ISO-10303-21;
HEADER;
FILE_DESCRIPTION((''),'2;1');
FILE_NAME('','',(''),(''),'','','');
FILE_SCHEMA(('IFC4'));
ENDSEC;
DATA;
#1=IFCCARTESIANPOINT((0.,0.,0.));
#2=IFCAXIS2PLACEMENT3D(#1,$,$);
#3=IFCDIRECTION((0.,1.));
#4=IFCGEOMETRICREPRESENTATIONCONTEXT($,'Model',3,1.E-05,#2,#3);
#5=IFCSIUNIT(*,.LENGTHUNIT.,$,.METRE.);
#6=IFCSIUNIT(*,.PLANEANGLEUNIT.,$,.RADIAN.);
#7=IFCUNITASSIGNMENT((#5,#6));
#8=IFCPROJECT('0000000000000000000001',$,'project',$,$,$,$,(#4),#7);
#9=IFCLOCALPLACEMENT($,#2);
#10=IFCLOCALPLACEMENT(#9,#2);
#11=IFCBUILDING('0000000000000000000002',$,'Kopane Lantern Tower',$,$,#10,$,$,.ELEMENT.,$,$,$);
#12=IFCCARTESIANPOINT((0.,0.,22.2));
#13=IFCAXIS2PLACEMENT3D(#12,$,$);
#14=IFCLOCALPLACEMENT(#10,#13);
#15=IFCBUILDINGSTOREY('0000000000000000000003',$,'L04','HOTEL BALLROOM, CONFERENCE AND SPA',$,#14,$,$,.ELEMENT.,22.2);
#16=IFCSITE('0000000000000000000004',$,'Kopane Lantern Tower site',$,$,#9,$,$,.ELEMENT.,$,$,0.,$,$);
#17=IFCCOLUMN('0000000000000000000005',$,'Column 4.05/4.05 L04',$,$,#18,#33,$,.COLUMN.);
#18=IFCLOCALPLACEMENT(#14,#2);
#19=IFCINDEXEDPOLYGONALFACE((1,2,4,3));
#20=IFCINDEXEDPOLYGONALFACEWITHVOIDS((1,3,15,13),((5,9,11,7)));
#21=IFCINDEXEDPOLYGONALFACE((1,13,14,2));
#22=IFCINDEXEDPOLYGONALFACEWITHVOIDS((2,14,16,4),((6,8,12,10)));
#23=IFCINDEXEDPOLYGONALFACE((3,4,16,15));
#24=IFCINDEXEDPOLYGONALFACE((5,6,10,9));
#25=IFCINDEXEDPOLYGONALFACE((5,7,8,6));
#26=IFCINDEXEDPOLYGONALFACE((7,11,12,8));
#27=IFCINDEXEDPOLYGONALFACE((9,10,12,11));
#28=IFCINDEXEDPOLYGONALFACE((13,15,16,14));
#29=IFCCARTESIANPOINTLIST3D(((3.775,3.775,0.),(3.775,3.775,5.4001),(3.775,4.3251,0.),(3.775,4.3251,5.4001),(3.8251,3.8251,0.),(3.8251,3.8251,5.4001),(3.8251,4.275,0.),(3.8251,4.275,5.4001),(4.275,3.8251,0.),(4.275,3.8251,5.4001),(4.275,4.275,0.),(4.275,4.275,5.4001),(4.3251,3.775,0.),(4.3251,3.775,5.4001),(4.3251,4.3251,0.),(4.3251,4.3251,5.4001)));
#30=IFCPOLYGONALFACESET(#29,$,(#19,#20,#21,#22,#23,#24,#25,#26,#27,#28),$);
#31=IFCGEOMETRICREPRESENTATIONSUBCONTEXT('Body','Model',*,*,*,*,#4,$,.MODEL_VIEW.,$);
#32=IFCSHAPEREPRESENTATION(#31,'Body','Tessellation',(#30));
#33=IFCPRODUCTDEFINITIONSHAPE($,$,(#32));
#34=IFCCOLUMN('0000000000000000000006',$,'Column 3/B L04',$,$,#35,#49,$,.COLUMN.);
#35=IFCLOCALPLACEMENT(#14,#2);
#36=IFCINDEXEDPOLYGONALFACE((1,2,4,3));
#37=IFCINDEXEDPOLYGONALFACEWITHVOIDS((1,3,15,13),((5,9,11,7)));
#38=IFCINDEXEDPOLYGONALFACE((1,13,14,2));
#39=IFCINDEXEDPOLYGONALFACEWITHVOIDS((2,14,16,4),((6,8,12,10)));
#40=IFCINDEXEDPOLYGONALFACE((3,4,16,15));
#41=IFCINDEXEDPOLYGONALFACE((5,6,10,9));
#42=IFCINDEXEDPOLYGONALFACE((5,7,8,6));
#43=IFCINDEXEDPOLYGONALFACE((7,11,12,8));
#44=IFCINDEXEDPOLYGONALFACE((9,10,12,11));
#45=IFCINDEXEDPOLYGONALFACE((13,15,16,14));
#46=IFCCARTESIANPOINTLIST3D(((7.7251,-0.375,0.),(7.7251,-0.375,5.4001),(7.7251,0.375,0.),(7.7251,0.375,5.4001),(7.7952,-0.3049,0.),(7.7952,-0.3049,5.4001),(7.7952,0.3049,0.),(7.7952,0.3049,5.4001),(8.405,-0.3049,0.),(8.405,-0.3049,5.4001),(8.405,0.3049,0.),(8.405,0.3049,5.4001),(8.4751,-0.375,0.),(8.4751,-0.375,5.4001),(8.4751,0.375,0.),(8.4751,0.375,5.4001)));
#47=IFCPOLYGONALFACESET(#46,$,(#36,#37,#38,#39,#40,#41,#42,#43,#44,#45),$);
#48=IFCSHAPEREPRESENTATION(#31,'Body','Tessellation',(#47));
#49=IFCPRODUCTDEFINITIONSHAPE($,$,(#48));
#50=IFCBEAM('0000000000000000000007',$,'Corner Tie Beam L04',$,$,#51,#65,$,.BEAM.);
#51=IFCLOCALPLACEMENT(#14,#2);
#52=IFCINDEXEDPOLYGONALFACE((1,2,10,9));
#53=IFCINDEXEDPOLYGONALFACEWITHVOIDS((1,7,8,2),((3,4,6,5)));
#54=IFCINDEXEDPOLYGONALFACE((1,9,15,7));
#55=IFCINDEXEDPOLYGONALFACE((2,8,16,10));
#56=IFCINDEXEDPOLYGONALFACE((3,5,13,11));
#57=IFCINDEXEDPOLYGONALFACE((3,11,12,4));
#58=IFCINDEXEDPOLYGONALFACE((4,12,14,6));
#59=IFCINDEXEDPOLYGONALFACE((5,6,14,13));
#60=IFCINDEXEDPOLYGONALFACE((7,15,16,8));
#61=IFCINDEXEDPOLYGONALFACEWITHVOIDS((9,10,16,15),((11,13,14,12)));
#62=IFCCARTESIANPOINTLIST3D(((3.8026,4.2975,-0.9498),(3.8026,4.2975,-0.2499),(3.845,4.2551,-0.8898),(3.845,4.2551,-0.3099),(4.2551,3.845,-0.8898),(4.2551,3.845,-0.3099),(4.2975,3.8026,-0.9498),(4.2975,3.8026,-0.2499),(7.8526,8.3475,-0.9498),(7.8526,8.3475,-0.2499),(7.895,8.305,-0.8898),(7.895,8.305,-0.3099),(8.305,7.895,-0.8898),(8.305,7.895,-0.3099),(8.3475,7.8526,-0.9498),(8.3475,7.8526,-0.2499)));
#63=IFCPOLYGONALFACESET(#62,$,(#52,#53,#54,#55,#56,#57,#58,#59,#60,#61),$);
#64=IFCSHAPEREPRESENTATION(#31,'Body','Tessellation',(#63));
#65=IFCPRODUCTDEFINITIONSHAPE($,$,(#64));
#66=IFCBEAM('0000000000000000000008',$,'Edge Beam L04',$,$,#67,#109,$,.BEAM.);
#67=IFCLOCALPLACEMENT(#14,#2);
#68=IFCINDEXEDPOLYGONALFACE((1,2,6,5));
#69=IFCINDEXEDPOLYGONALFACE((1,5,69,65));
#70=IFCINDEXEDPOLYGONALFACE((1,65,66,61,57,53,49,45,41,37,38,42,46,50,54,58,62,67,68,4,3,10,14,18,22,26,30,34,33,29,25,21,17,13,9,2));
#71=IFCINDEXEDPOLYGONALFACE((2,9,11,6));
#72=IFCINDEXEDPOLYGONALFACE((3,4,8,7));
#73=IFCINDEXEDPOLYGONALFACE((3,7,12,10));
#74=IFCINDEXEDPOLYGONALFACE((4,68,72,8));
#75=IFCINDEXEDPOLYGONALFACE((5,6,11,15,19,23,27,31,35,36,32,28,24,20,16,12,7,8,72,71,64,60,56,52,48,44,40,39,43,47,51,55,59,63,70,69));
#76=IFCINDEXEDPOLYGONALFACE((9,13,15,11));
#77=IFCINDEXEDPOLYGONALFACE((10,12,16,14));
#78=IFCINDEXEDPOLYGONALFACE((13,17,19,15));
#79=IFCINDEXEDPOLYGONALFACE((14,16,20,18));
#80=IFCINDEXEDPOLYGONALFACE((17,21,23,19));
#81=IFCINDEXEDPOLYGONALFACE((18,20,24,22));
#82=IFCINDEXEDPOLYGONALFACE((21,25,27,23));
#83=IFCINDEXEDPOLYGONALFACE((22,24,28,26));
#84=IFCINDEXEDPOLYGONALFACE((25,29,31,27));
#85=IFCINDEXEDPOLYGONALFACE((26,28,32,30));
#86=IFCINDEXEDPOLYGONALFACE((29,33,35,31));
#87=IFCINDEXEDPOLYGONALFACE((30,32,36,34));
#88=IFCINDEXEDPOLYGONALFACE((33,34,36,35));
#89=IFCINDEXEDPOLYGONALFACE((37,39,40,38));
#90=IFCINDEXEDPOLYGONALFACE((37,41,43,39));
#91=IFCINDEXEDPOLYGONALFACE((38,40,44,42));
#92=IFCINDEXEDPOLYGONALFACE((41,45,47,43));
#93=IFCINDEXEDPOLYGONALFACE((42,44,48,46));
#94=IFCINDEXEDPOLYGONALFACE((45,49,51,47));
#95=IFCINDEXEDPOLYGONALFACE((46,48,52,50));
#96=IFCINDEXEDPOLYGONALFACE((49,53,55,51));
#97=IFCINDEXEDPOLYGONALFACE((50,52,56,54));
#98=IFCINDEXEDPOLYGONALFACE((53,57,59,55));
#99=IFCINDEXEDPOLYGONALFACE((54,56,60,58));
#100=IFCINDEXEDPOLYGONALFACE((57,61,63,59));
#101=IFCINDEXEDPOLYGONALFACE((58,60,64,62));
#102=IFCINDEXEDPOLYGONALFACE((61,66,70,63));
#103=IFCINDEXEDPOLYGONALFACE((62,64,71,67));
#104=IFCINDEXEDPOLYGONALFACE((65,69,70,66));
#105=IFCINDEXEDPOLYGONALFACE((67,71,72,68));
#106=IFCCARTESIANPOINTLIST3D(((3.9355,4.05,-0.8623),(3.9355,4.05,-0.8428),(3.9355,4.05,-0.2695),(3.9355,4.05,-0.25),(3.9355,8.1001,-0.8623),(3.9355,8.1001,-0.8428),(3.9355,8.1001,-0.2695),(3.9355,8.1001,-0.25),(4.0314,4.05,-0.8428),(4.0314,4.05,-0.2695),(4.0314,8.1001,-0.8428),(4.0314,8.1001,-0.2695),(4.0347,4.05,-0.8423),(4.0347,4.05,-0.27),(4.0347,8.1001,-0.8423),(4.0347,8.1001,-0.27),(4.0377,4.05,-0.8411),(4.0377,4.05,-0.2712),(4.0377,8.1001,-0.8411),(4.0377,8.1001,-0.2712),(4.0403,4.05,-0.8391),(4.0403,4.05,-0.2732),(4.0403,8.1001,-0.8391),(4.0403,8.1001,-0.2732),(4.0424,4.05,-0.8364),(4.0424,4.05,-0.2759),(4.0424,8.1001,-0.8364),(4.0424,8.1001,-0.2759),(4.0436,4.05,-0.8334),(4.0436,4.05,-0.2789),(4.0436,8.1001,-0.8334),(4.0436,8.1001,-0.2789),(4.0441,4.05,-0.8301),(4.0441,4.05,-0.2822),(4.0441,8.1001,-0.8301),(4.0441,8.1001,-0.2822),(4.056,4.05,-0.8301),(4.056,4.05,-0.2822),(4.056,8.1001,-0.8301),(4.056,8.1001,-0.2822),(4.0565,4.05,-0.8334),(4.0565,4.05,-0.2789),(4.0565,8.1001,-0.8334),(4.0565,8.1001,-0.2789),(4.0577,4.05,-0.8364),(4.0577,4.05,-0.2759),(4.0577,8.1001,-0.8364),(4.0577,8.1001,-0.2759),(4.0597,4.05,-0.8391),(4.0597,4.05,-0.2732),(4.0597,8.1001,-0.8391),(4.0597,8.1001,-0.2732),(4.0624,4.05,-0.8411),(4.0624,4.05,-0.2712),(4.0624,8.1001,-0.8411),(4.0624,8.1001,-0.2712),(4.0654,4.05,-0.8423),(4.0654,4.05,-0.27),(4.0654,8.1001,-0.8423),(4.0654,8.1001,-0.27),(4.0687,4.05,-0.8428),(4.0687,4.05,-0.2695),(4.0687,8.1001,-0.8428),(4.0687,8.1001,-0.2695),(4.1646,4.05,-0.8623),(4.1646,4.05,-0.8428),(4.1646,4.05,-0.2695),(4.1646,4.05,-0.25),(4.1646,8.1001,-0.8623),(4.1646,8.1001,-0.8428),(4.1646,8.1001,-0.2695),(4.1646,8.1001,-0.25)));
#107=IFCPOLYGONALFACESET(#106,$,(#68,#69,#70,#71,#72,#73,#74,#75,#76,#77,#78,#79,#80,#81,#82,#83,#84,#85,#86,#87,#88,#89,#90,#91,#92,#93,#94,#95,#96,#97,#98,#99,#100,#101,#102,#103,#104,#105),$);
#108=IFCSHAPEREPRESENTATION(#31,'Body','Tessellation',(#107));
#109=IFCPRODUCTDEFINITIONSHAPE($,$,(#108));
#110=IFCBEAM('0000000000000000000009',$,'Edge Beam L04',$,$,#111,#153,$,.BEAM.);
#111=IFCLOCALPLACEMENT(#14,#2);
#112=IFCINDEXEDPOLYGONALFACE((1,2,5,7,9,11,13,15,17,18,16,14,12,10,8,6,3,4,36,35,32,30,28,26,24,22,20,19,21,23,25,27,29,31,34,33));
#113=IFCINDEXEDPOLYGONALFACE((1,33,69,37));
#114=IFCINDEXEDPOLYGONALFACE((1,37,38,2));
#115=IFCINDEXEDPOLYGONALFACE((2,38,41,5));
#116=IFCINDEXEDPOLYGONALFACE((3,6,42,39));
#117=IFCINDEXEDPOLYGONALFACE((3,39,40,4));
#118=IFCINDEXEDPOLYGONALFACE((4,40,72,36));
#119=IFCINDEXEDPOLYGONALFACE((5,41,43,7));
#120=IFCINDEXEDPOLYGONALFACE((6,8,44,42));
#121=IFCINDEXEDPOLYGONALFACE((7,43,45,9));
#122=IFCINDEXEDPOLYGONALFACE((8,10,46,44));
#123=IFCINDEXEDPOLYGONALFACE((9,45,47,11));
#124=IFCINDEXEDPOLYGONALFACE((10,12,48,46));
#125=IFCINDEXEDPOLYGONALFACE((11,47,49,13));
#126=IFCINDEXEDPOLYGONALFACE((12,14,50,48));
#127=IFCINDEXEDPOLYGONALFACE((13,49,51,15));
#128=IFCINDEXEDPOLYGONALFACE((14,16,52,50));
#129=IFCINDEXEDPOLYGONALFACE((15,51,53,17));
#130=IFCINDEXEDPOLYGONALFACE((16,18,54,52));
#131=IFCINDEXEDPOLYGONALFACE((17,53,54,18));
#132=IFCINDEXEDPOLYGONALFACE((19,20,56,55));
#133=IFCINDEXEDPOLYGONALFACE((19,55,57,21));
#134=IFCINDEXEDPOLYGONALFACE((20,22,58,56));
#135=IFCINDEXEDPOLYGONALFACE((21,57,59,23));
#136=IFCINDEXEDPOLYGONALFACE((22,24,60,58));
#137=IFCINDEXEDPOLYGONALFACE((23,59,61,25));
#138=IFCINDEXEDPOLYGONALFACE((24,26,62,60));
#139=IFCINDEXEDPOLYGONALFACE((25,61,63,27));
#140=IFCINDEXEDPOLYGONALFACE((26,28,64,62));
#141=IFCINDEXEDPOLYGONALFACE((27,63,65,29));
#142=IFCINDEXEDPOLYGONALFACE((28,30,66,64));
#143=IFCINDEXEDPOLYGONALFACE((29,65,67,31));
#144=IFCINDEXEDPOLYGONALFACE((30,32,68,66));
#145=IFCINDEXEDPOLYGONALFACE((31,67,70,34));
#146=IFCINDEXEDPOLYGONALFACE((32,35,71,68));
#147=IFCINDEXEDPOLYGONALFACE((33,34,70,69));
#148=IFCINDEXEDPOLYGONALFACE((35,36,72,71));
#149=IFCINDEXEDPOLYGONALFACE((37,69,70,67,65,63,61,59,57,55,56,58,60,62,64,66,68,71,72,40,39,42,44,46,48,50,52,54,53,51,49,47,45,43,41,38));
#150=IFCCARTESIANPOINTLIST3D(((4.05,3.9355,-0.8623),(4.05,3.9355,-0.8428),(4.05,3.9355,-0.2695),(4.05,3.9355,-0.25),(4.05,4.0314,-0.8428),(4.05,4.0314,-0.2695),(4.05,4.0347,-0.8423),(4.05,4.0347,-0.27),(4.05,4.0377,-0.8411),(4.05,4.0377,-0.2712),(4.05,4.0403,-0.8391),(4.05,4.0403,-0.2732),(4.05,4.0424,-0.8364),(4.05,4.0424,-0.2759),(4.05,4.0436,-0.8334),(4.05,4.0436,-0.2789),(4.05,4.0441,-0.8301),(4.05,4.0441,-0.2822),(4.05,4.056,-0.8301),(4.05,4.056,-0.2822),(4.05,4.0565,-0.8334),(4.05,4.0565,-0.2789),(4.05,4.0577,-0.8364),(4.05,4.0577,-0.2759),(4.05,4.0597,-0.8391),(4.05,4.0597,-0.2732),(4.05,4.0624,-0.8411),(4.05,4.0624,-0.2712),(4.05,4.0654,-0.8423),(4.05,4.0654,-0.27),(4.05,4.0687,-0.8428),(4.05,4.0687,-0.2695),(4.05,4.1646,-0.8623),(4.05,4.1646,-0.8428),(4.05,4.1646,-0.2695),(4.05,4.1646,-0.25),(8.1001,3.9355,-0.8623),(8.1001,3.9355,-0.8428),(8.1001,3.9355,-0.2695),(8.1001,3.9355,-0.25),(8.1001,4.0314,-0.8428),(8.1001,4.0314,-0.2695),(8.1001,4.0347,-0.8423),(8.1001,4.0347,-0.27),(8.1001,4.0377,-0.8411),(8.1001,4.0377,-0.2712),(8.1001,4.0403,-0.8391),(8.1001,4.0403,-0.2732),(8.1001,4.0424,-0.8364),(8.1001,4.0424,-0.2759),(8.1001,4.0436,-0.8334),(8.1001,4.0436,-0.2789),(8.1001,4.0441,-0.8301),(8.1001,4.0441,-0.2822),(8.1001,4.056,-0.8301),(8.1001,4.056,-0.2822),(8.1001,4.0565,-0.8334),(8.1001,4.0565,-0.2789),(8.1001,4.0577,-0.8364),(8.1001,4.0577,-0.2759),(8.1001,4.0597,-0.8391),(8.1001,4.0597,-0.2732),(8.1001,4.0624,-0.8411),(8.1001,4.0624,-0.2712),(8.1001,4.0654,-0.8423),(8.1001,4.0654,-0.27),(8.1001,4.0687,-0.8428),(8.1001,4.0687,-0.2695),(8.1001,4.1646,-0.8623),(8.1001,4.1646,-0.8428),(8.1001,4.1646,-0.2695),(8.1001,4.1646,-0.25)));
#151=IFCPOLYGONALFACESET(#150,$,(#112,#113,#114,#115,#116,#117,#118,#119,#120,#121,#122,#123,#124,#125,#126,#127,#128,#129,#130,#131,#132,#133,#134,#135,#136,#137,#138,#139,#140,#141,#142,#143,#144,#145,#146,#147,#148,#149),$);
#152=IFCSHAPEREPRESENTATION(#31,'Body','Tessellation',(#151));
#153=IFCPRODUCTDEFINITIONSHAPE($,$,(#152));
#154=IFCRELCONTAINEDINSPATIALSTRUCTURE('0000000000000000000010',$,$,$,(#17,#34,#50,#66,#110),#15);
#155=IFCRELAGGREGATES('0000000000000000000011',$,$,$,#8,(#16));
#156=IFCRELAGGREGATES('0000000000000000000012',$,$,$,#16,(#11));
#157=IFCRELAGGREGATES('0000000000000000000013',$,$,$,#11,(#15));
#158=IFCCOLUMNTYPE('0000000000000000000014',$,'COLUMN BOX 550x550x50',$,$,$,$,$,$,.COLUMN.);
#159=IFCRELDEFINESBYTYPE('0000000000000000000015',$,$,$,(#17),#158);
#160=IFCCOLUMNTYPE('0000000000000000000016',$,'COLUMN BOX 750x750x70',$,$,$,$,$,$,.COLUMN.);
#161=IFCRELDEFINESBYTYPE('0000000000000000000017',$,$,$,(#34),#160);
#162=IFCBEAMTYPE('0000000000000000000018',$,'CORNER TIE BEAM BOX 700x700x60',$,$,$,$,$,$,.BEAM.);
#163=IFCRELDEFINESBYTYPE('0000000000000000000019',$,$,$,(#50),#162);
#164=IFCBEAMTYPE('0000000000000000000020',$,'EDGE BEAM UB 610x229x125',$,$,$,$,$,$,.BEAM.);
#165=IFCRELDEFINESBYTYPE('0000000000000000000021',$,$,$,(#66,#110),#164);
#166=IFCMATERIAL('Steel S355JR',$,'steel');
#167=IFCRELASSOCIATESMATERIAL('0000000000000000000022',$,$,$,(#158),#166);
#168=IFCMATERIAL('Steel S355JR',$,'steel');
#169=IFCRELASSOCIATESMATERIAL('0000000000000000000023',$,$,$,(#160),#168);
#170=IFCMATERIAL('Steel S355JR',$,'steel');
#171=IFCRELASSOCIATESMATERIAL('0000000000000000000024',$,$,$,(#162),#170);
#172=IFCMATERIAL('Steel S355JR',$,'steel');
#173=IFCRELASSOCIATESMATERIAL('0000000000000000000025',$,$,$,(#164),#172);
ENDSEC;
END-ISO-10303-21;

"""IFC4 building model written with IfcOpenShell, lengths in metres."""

from ifc_helpers import new_model, si_unit, direction, frame, origin, origin_2d, place, context, subcontext, project, spatial, hollow_rectangle, i_section, extrude, material, material_profile, profile_set, type_object, element, save


model = new_model("IFC4")

# Units and contexts
model_context = context("Model", 3, precision=1e-05, world=origin(), true_north=direction((0.0, 1.0)))
body_context = subcontext(model_context, "Body", "Model", "MODEL_VIEW")
ifc_project = project(units=[si_unit("LENGTHUNIT", "METRE"), si_unit("PLANEANGLEUNIT", "RADIAN")], contexts=[model_context])

# Site, building, storey
site_placement = place(None, origin())
site = spatial("IfcSite", under=ifc_project, at=site_placement, Name="Kopane Lantern Tower site", CompositionType="ELEMENT", RefElevation=0.0)
building_placement = place(site_placement, origin())
building = spatial("IfcBuilding", under=site, at=building_placement, Name="Kopane Lantern Tower", CompositionType="ELEMENT")
storey_placement = place(building_placement, frame((0.0, 0.0, 22.2)))
storey = spatial("IfcBuildingStorey", under=building, at=storey_placement, Name="L04", Description="HOTEL BALLROOM, CONFERENCE AND SPA", CompositionType="ELEMENT", Elevation=22.2)

# Columns
ifc_material_1 = material(Name="Steel S355JR", Category="steel")
ifc_material_profile_1 = material_profile(ifc_material_1, hollow_rectangle(XDim=0.55, YDim=0.55, WallThickness=0.05, at=origin_2d()), Name="BOX 550x550x50")
ifc_profile_set_1 = profile_set([ifc_material_profile_1], Name="Steel S355JR")
column_type_1 = type_object("IfcColumnType", Name="COLUMN BOX 550x550x50", PredefinedType="COLUMN", material=ifc_profile_set_1)
column_1_placement = place(storey_placement, frame((4.05, 4.05, 0.0), z_axis=(0.0, 0.0, 1.0), x_axis=(1.0, 0.0, 0.0)))
element("IfcColumn", 1, at=column_1_placement, inside=storey, type_object=column_type_1, Name="Column 4.05/4.05 L04", PredefinedType="COLUMN", context=body_context, shape_type="SweptSolid", body=[
    extrude(hollow_rectangle(XDim=0.55, YDim=0.55, WallThickness=0.05, at=origin_2d()), origin(), (0.0, 0.0, 1.0), 5.4001),
])
ifc_material_2 = material(Name="Steel S355JR", Category="steel")
ifc_material_profile_2 = material_profile(ifc_material_2, hollow_rectangle(XDim=0.75, YDim=0.75, WallThickness=0.0701, at=origin_2d()), Name="BOX 750x750x70")
ifc_profile_set_2 = profile_set([ifc_material_profile_2], Name="Steel S355JR")
column_type_2 = type_object("IfcColumnType", Name="COLUMN BOX 750x750x70", PredefinedType="COLUMN", material=ifc_profile_set_2)
column_2_placement = place(storey_placement, frame((8.1001, 0.0, 0.0), z_axis=(0.0, 0.0, 1.0), x_axis=(1.0, 0.0, 0.0)))
element("IfcColumn", 2, at=column_2_placement, inside=storey, type_object=column_type_2, Name="Column 3/B L04", PredefinedType="COLUMN", context=body_context, shape_type="SweptSolid", body=[
    extrude(hollow_rectangle(XDim=0.75, YDim=0.75, WallThickness=0.0701, at=origin_2d()), origin(), (0.0, 0.0, 1.0), 5.4001),
])

# Beams
ifc_material_3 = material(Name="Steel S355JR", Category="steel")
ifc_material_profile_3 = material_profile(ifc_material_3, hollow_rectangle(XDim=0.7, YDim=0.7, WallThickness=0.0601, at=origin_2d()), Name="BOX 700x700x60")
ifc_profile_set_3 = profile_set([ifc_material_profile_3], Name="Steel S355JR")
beam_type_1 = type_object("IfcBeamType", Name="CORNER TIE BEAM BOX 700x700x60", PredefinedType="BEAM", material=ifc_profile_set_3)
beam_1_placement = place(storey_placement, frame((4.05, 4.05, -0.5999), z_axis=(0.707107, 0.707107, 0.0), x_axis=(-0.707107, 0.707107, 0.0)))
element("IfcBeam", 3, at=beam_1_placement, inside=storey, type_object=beam_type_1, Name="Corner Tie Beam L04", PredefinedType="BEAM", context=body_context, shape_type="SweptSolid", body=[
    extrude(hollow_rectangle(XDim=0.7, YDim=0.7, WallThickness=0.0601, at=origin_2d()), origin(), (0.0, 0.0, 1.0), 5.7275),
])
ifc_material_4 = material(Name="Steel S355JR", Category="steel")
ifc_material_profile_4 = material_profile(ifc_material_4, i_section(OverallWidth=0.229, OverallDepth=0.6123, WebThickness=0.012, FlangeThickness=0.0195, FilletRadius=0.0127, at=origin_2d()), Name="UB 610x229x125")
ifc_profile_set_4 = profile_set([ifc_material_profile_4], Name="Steel S355JR")
beam_type_2 = type_object("IfcBeamType", Name="EDGE BEAM UB 610x229x125", PredefinedType="BEAM", material=ifc_profile_set_4)
for number, where, z_axis, x_axis, name in (
    (4, (4.05, 4.05, -0.5562), (0.0, 1.0, 0.0), (-1.0, 0.0, 0.0), "Edge Beam L04"),
    (5, (4.05, 4.05, -0.5562), (1.0, 0.0, 0.0), (0.0, 1.0, 0.0), "Edge Beam L04"),
):
    element("IfcBeam", number, at=place(storey_placement, frame(where, z_axis=z_axis, x_axis=x_axis)), inside=storey, type_object=beam_type_2, Name=name, PredefinedType="BEAM", context=body_context, shape_type="SweptSolid", body=[
        extrude(i_section(OverallWidth=0.229, OverallDepth=0.6123, WebThickness=0.012, FlangeThickness=0.0195, FilletRadius=0.0127, at=origin_2d()), origin(), (0.0, 0.0, 1.0), 4.05),
    ])

save(model, "model.ifc")
